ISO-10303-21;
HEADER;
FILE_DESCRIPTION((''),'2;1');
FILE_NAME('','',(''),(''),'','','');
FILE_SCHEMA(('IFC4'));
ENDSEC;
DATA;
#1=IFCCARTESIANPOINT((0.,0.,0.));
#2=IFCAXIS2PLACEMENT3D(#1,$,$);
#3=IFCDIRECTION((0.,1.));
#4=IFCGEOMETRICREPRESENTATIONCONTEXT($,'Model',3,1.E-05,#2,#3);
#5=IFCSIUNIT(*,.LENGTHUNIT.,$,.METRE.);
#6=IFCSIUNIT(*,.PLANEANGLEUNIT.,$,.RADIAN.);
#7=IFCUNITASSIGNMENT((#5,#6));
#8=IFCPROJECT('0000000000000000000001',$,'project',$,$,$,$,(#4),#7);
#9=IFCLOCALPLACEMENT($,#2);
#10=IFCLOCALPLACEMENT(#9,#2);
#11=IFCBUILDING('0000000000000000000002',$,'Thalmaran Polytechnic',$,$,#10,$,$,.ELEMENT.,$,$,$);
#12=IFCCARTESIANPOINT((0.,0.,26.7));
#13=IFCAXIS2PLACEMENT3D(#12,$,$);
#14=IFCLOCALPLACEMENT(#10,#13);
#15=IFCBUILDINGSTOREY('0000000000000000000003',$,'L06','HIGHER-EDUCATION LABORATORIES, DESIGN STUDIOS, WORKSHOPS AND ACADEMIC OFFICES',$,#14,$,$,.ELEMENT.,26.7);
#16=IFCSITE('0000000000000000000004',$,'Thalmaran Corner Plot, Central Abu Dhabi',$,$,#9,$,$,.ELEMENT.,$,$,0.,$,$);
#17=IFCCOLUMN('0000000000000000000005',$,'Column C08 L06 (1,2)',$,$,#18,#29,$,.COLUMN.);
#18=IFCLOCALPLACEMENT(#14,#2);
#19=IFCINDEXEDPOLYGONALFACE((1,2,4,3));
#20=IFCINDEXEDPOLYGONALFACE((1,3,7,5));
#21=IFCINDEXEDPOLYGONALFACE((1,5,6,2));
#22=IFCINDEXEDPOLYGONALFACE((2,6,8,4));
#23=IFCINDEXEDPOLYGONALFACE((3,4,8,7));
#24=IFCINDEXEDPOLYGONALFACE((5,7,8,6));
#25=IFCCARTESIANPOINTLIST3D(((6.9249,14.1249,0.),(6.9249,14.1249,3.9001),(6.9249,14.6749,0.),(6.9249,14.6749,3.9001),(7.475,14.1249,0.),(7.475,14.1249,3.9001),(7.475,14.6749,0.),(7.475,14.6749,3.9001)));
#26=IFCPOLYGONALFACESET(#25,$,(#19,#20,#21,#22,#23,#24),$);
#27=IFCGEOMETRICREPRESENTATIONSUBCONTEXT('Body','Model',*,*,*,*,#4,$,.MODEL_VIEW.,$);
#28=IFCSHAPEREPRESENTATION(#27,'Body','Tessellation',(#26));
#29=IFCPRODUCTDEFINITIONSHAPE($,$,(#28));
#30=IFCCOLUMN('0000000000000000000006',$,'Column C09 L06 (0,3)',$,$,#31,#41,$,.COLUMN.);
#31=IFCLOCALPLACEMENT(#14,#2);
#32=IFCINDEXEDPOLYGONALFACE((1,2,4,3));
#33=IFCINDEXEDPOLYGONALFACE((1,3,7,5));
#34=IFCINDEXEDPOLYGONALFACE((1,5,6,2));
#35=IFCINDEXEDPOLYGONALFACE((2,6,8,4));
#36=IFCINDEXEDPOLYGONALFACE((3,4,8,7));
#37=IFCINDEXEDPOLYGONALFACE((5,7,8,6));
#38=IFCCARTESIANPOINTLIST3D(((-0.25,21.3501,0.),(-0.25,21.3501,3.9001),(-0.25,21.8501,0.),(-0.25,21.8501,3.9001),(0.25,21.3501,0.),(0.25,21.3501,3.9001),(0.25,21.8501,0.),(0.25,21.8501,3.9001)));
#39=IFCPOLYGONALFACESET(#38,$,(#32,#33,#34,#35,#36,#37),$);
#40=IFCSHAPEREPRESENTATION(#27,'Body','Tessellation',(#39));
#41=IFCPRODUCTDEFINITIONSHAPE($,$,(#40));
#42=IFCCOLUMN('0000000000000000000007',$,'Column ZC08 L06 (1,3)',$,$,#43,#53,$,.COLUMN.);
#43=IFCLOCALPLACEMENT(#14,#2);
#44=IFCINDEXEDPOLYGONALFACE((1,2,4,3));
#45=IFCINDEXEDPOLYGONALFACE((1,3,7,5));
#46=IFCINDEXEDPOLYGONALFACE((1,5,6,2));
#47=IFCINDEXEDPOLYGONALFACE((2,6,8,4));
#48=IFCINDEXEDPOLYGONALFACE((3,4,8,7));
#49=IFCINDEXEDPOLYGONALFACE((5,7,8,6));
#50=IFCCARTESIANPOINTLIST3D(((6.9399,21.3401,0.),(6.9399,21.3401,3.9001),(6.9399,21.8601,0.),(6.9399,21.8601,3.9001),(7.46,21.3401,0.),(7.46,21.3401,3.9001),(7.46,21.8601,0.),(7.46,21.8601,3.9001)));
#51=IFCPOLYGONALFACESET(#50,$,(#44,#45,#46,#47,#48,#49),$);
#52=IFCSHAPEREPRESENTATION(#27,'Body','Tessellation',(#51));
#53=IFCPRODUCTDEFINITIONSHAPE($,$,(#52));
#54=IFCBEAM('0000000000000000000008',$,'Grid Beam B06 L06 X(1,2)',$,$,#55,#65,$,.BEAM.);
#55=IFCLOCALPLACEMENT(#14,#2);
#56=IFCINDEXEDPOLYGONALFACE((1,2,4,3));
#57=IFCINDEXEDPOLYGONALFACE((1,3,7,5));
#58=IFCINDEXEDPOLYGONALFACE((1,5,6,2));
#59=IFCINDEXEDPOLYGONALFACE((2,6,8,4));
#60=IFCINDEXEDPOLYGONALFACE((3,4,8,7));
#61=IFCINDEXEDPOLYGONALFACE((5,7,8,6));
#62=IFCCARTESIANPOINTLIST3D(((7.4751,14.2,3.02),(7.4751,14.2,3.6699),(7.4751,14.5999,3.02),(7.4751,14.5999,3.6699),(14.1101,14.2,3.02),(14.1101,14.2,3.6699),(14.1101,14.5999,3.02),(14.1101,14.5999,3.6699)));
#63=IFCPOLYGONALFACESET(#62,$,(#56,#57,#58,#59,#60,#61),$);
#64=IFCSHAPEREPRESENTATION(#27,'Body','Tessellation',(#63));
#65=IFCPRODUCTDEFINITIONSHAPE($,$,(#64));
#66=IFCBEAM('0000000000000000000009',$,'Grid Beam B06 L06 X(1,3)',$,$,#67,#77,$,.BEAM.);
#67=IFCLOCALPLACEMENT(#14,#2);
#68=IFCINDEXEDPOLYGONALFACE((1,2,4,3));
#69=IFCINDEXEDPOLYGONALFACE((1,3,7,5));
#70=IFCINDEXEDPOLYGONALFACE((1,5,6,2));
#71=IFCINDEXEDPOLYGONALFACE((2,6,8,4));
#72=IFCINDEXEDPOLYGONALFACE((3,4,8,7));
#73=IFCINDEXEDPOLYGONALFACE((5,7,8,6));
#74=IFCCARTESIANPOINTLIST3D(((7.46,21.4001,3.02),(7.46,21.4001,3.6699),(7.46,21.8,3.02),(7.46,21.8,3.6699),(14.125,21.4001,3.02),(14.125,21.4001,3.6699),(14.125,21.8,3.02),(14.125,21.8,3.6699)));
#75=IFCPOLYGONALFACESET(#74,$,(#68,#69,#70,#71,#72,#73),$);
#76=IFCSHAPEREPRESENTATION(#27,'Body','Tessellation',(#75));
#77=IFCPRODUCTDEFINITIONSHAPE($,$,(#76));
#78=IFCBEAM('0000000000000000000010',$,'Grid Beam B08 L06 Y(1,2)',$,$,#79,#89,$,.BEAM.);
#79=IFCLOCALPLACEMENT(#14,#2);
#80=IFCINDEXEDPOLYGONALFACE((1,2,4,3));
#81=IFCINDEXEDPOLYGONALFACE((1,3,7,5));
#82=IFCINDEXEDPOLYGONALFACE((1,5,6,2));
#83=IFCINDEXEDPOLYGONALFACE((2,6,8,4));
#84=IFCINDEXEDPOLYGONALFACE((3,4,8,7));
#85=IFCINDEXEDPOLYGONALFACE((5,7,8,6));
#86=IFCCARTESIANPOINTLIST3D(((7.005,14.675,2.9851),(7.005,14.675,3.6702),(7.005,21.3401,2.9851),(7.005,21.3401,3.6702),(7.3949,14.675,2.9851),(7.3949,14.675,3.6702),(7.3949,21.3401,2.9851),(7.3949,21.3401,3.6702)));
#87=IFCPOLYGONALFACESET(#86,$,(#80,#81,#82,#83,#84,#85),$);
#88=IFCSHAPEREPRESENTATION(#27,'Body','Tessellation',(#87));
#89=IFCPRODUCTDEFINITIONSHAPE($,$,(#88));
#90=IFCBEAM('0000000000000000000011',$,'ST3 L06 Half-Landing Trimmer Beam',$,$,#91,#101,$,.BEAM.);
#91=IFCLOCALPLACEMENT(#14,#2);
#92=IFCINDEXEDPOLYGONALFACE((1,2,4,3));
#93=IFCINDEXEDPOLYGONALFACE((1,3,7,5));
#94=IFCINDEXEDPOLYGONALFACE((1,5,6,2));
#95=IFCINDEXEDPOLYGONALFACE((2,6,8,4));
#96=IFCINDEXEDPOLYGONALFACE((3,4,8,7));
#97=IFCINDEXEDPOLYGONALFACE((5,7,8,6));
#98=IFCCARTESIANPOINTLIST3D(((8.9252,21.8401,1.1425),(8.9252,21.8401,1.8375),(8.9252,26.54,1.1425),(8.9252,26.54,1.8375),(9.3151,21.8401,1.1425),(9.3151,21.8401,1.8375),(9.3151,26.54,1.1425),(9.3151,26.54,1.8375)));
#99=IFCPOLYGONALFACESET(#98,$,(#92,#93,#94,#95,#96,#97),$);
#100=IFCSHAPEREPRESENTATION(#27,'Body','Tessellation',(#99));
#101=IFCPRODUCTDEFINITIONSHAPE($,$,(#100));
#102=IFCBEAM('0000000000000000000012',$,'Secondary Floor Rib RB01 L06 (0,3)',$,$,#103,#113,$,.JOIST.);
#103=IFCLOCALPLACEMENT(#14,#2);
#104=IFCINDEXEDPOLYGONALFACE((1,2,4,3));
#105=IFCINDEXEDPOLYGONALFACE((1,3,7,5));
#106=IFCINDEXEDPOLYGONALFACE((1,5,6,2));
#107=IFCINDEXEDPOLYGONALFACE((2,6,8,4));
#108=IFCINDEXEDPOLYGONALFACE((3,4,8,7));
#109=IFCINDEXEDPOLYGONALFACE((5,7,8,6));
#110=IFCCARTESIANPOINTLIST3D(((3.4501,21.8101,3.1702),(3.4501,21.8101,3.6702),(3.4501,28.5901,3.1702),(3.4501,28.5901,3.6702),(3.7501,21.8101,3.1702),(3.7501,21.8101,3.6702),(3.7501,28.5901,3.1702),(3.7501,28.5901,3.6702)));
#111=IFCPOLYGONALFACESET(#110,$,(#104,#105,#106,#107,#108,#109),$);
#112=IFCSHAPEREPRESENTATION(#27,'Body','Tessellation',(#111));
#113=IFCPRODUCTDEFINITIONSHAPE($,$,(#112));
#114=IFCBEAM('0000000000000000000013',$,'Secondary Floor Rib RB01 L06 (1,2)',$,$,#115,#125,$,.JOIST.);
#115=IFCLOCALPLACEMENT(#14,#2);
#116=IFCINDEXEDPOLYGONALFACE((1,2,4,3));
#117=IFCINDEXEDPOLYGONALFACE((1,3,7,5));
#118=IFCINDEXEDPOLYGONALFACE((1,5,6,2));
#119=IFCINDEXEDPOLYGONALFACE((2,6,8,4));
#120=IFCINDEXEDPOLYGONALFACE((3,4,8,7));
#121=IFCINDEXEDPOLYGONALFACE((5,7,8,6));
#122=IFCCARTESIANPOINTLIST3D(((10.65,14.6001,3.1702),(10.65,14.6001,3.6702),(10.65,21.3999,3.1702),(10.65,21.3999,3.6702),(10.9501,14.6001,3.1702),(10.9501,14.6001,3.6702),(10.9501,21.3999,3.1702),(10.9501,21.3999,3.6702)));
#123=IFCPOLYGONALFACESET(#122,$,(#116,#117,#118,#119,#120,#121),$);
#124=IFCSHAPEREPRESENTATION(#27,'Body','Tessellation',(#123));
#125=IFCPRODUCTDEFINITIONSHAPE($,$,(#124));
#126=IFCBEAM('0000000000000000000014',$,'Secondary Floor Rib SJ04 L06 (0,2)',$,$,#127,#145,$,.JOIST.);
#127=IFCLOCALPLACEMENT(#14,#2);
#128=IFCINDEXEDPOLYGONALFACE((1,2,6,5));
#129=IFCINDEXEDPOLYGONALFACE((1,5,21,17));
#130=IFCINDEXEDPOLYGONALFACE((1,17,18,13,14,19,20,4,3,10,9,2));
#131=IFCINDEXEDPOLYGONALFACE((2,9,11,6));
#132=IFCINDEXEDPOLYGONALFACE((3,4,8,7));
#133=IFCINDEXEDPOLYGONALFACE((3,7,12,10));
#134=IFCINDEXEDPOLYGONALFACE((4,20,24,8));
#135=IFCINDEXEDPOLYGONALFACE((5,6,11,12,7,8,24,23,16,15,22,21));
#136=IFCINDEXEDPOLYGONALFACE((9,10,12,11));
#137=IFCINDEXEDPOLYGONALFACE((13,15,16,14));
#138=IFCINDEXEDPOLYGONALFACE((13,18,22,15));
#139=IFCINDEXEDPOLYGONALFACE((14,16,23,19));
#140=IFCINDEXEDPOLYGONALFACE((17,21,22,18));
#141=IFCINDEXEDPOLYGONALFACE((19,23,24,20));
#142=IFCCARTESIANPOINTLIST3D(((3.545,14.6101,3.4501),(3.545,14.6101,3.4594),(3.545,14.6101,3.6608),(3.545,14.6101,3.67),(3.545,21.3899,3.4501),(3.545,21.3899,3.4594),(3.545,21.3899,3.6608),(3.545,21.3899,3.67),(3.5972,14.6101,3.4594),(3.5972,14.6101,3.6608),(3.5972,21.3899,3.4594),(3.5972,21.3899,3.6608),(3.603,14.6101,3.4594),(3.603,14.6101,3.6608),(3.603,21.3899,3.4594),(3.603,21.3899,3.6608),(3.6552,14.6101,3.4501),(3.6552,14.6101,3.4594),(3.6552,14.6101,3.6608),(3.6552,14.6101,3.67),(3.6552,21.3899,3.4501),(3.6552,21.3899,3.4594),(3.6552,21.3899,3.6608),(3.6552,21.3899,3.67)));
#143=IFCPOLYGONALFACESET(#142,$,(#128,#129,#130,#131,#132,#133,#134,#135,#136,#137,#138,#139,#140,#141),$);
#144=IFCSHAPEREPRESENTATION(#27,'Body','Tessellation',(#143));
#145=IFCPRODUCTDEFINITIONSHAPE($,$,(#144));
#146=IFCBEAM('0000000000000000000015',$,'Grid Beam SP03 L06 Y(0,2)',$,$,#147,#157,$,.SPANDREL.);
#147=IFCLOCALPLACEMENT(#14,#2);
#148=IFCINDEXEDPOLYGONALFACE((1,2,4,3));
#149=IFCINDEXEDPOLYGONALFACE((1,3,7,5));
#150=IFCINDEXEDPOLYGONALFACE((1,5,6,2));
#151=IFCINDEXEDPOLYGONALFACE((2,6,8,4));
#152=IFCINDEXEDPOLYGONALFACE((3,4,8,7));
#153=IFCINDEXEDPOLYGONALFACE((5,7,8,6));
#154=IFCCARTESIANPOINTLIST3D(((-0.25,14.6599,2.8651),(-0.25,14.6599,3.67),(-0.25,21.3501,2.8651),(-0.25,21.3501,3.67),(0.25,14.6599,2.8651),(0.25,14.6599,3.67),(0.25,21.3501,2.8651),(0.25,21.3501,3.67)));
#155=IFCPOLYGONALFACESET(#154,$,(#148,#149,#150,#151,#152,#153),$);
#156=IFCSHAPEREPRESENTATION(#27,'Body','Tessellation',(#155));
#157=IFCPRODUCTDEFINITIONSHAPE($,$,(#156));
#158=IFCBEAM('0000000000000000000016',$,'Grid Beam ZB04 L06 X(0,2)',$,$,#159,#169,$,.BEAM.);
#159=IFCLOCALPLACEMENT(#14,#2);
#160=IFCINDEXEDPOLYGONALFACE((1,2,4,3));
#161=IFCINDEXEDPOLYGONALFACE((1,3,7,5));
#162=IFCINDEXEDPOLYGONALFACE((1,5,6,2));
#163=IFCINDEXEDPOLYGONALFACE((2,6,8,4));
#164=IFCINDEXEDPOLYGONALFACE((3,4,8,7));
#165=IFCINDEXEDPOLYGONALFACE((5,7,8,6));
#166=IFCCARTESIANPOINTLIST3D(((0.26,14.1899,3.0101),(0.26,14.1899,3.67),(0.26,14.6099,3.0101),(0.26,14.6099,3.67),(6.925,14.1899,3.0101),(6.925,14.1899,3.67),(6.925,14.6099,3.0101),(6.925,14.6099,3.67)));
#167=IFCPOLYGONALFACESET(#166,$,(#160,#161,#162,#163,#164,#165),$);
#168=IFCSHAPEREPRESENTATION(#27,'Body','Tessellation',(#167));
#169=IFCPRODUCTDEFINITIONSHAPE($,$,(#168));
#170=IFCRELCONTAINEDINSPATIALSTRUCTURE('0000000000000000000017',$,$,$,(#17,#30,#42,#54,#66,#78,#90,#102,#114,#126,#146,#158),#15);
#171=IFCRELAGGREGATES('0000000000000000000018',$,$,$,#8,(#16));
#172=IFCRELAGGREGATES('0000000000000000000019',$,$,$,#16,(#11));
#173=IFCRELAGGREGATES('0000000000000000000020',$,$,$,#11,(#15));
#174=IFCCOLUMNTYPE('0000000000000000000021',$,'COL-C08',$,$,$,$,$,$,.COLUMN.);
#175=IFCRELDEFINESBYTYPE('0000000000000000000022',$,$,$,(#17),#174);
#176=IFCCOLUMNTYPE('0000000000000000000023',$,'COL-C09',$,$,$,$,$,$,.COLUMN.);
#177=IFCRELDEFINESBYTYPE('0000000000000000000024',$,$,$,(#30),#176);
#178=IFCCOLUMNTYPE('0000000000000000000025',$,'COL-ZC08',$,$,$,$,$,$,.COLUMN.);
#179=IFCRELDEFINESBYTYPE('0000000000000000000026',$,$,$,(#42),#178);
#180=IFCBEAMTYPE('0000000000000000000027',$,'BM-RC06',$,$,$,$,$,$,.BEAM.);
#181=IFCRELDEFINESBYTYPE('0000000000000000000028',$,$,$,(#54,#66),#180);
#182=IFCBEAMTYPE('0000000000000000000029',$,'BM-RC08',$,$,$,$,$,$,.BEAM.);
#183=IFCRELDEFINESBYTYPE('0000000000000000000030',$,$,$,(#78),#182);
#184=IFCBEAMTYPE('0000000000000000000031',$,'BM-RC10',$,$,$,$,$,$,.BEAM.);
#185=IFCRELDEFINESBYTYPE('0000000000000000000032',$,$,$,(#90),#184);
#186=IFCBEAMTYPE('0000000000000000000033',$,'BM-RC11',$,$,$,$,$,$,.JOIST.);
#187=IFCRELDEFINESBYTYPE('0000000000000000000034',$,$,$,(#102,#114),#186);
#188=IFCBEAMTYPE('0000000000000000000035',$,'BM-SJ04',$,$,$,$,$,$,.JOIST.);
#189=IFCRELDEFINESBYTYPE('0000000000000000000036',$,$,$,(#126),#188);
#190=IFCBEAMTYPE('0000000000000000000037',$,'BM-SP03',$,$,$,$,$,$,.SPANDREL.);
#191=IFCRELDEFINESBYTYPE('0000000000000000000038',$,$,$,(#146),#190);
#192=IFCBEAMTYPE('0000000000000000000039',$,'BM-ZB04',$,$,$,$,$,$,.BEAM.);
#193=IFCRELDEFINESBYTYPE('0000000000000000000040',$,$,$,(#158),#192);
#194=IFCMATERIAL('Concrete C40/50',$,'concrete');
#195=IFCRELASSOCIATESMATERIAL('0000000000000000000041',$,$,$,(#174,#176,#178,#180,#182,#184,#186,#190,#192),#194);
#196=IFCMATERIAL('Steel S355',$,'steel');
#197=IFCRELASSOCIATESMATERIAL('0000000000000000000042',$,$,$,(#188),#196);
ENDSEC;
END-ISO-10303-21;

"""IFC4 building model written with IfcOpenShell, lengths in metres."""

from ifc_helpers import new_model, si_unit, direction, frame, origin, origin_2d, place, context, subcontext, project, spatial, rectangle, i_section, extrude, material, material_profile, profile_set, type_object, element, save


model = new_model("IFC4")

# Units and contexts
model_context = context("Model", 3, precision=1e-05, world=origin(), true_north=direction((0.0, 1.0)))
body_context = subcontext(model_context, "Body", "Model", "MODEL_VIEW")
ifc_project = project(units=[si_unit("LENGTHUNIT", "METRE"), si_unit("PLANEANGLEUNIT", "RADIAN")], contexts=[model_context])

# Site, building, storey
site_placement = place(None, origin())
site = spatial("IfcSite", under=ifc_project, at=site_placement, Name="Thalmaran Corner Plot, Central Abu Dhabi", CompositionType="ELEMENT", RefElevation=0.0)
building_placement = place(site_placement, origin())
building = spatial("IfcBuilding", under=site, at=building_placement, Name="Thalmaran Polytechnic", CompositionType="ELEMENT")
storey_placement = place(building_placement, frame((0.0, 0.0, 26.7)))
storey = spatial("IfcBuildingStorey", under=building, at=storey_placement, Name="L06", Description="HIGHER-EDUCATION LABORATORIES, DESIGN STUDIOS, WORKSHOPS AND ACADEMIC OFFICES", CompositionType="ELEMENT", Elevation=26.7)

# Columns
ifc_material_1 = material(Name="Concrete C40/50", Category="concrete")
ifc_material_profile_1 = material_profile(ifc_material_1, rectangle(XDim=0.55, YDim=0.55, at=origin_2d()), Name="RC 550x550")
ifc_profile_set_1 = profile_set([ifc_material_profile_1], Name="Concrete C40/50")
column_type_1 = type_object("IfcColumnType", Name="COL-C08", PredefinedType="COLUMN", material=ifc_profile_set_1)
column_1_placement = place(storey_placement, frame((7.2, 14.3999, 0.0), z_axis=(0.0, 0.0, 1.0), x_axis=(1.0, 0.0, 0.0)))
element("IfcColumn", 1, at=column_1_placement, inside=storey, type_object=column_type_1, Name="Column C08 L06 (1,2)", PredefinedType="COLUMN", context=body_context, shape_type="SweptSolid", body=[
    extrude(rectangle(XDim=0.55, YDim=0.55, at=origin_2d()), origin(), (0.0, 0.0, 1.0), 3.9001),
])
ifc_material_profile_2 = material_profile(ifc_material_1, rectangle(XDim=0.5, YDim=0.5, at=origin_2d()), Name="RC 500x500")
ifc_profile_set_2 = profile_set([ifc_material_profile_2], Name="Concrete C40/50")
column_type_2 = type_object("IfcColumnType", Name="COL-C09", PredefinedType="COLUMN", material=ifc_profile_set_2)
column_2_placement = place(storey_placement, frame((0.0, 21.6001, 0.0), z_axis=(0.0, 0.0, 1.0), x_axis=(1.0, 0.0, 0.0)))
element("IfcColumn", 2, at=column_2_placement, inside=storey, type_object=column_type_2, Name="Column C09 L06 (0,3)", PredefinedType="COLUMN", context=body_context, shape_type="SweptSolid", body=[
    extrude(rectangle(XDim=0.5, YDim=0.5, at=origin_2d()), origin(), (0.0, 0.0, 1.0), 3.9001),
])
ifc_material_profile_3 = material_profile(ifc_material_1, rectangle(XDim=0.52, YDim=0.52, at=origin_2d()), Name="RC 520x520")
ifc_profile_set_3 = profile_set([ifc_material_profile_3], Name="Concrete C40/50")
column_type_3 = type_object("IfcColumnType", Name="COL-ZC08", PredefinedType="COLUMN", material=ifc_profile_set_3)
column_3_placement = place(storey_placement, frame((7.2, 21.6001, 0.0), z_axis=(0.0, 0.0, 1.0), x_axis=(1.0, 0.0, 0.0)))
element("IfcColumn", 3, at=column_3_placement, inside=storey, type_object=column_type_3, Name="Column ZC08 L06 (1,3)", PredefinedType="COLUMN", context=body_context, shape_type="SweptSolid", body=[
    extrude(rectangle(XDim=0.52, YDim=0.52, at=origin_2d()), origin(), (0.0, 0.0, 1.0), 3.9001),
])

# Beams
ifc_material_profile_4 = material_profile(ifc_material_1, rectangle(XDim=0.3999, YDim=0.6499, at=origin_2d()), Name="RC 400x650")
ifc_profile_set_4 = profile_set([ifc_material_profile_4], Name="Concrete C40/50")
beam_type_1 = type_object("IfcBeamType", Name="BM-RC06", PredefinedType="BEAM", material=ifc_profile_set_4)
beam_1_placement = place(storey_placement, frame((7.4751, 14.3999, 3.345), z_axis=(1.0, 0.0, 0.0), x_axis=(0.0, 1.0, 0.0)))
element("IfcBeam", 4, at=beam_1_placement, inside=storey, type_object=beam_type_1, Name="Grid Beam B06 L06 X(1,2)", PredefinedType="BEAM", context=body_context, shape_type="SweptSolid", body=[
    extrude(rectangle(XDim=0.3999, YDim=0.6499, at=origin_2d()), origin(), (0.0, 0.0, 1.0), 6.635),
])
beam_2_placement = place(storey_placement, frame((7.46, 21.6001, 3.345), z_axis=(1.0, 0.0, 0.0), x_axis=(0.0, 1.0, 0.0)))
element("IfcBeam", 5, at=beam_2_placement, inside=storey, type_object=beam_type_1, Name="Grid Beam B06 L06 X(1,3)", PredefinedType="BEAM", context=body_context, shape_type="SweptSolid", body=[
    extrude(rectangle(XDim=0.3999, YDim=0.6499, at=origin_2d()), origin(), (0.0, 0.0, 1.0), 6.665),
])
ifc_material_profile_5 = material_profile(ifc_material_1, rectangle(XDim=0.3899, YDim=0.6851, at=origin_2d()), Name="RC 390x685")
ifc_profile_set_5 = profile_set([ifc_material_profile_5], Name="Concrete C40/50")
beam_type_2 = type_object("IfcBeamType", Name="BM-RC08", PredefinedType="BEAM", material=ifc_profile_set_5)
beam_3_placement = place(storey_placement, frame((7.2, 14.675, 3.3276), z_axis=(0.0, 1.0, 0.0), x_axis=(-1.0, 0.0, 0.0)))
element("IfcBeam", 6, at=beam_3_placement, inside=storey, type_object=beam_type_2, Name="Grid Beam B08 L06 Y(1,2)", PredefinedType="BEAM", context=body_context, shape_type="SweptSolid", body=[
    extrude(rectangle(XDim=0.3899, YDim=0.6851, at=origin_2d()), origin(), (0.0, 0.0, 1.0), 6.665),
])
ifc_material_profile_6 = material_profile(ifc_material_1, rectangle(XDim=0.3899, YDim=0.6951, at=origin_2d()), Name="RC 390x695")
ifc_profile_set_6 = profile_set([ifc_material_profile_6], Name="Concrete C40/50")
beam_type_3 = type_object("IfcBeamType", Name="BM-RC10", PredefinedType="BEAM", material=ifc_profile_set_6)
beam_4_placement = place(storey_placement, frame((9.1201, 21.8401, 1.49), z_axis=(0.0, 1.0, 0.0), x_axis=(-1.0, 0.0, 0.0)))
element("IfcBeam", 7, at=beam_4_placement, inside=storey, type_object=beam_type_3, Name="ST3 L06 Half-Landing Trimmer Beam", PredefinedType="BEAM", context=body_context, shape_type="SweptSolid", body=[
    extrude(rectangle(XDim=0.3899, YDim=0.6951, at=origin_2d()), origin(), (0.0, 0.0, 1.0), 4.7),
])
ifc_material_profile_7 = material_profile(ifc_material_1, rectangle(XDim=0.3, YDim=0.5, at=origin_2d()), Name="RC 300x500")
ifc_profile_set_7 = profile_set([ifc_material_profile_7], Name="Concrete C40/50")
beam_type_4 = type_object("IfcBeamType", Name="BM-RC11", PredefinedType="JOIST", material=ifc_profile_set_7)
beam_5_placement = place(storey_placement, frame((3.6001, 21.8101, 3.4202), z_axis=(0.0, 1.0, 0.0), x_axis=(-1.0, 0.0, 0.0)))
element("IfcBeam", 8, at=beam_5_placement, inside=storey, type_object=beam_type_4, Name="Secondary Floor Rib RB01 L06 (0,3)", PredefinedType="JOIST", context=body_context, shape_type="SweptSolid", body=[
    extrude(rectangle(XDim=0.3, YDim=0.5, at=origin_2d()), origin(), (0.0, 0.0, 1.0), 6.78),
])
beam_6_placement = place(storey_placement, frame((10.8, 14.6001, 3.4202), z_axis=(0.0, 1.0, 0.0), x_axis=(-1.0, 0.0, 0.0)))
element("IfcBeam", 9, at=beam_6_placement, inside=storey, type_object=beam_type_4, Name="Secondary Floor Rib RB01 L06 (1,2)", PredefinedType="JOIST", context=body_context, shape_type="SweptSolid", body=[
    extrude(rectangle(XDim=0.3, YDim=0.5, at=origin_2d()), origin(), (0.0, 0.0, 1.0), 6.7998),
])
ifc_material_2 = material(Name="Steel S355", Category="steel")
ifc_material_profile_8 = material_profile(ifc_material_2, i_section(OverallWidth=0.1101, OverallDepth=0.22, WebThickness=0.0059, FlangeThickness=0.0093, at=origin_2d()), Name="IPE 220")
ifc_profile_set_8 = profile_set([ifc_material_profile_8], Name="Steel S355")
beam_type_5 = type_object("IfcBeamType", Name="BM-SJ04", PredefinedType="JOIST", material=ifc_profile_set_8)
beam_7_placement = place(storey_placement, frame((3.6001, 14.6101, 3.5601), z_axis=(0.0, 1.0, 0.0), x_axis=(-1.0, 0.0, 0.0)))
element("IfcBeam", 10, at=beam_7_placement, inside=storey, type_object=beam_type_5, Name="Secondary Floor Rib SJ04 L06 (0,2)", PredefinedType="JOIST", context=body_context, shape_type="SweptSolid", body=[
    extrude(i_section(OverallWidth=0.1101, OverallDepth=0.22, WebThickness=0.0059, FlangeThickness=0.0093, at=origin_2d()), origin(), (0.0, 0.0, 1.0), 6.7798),
])
ifc_material_profile_9 = material_profile(ifc_material_1, rectangle(XDim=0.5, YDim=0.8049, at=origin_2d()), Name="RC 500x805")
ifc_profile_set_9 = profile_set([ifc_material_profile_9], Name="Concrete C40/50")
beam_type_6 = type_object("IfcBeamType", Name="BM-SP03", PredefinedType="SPANDREL", material=ifc_profile_set_9)
beam_8_placement = place(storey_placement, frame((0.0, 14.6599, 3.2676), z_axis=(0.0, 1.0, 0.0), x_axis=(-1.0, 0.0, 0.0)))
element("IfcBeam", 11, at=beam_8_placement, inside=storey, type_object=beam_type_6, Name="Grid Beam SP03 L06 Y(0,2)", PredefinedType="SPANDREL", context=body_context, shape_type="SweptSolid", body=[
    extrude(rectangle(XDim=0.5, YDim=0.8049, at=origin_2d()), origin(), (0.0, 0.0, 1.0), 6.6902),
])
ifc_material_profile_10 = material_profile(ifc_material_1, rectangle(XDim=0.4199, YDim=0.6599, at=origin_2d()), Name="RC 420x660")
ifc_profile_set_10 = profile_set([ifc_material_profile_10], Name="Concrete C40/50")
beam_type_7 = type_object("IfcBeamType", Name="BM-ZB04", PredefinedType="BEAM", material=ifc_profile_set_10)
beam_9_placement = place(storey_placement, frame((0.26, 14.3999, 3.3401), z_axis=(1.0, 0.0, 0.0), x_axis=(0.0, 1.0, 0.0)))
element("IfcBeam", 12, at=beam_9_placement, inside=storey, type_object=beam_type_7, Name="Grid Beam ZB04 L06 X(0,2)", PredefinedType="BEAM", context=body_context, shape_type="SweptSolid", body=[
    extrude(rectangle(XDim=0.4199, YDim=0.6599, at=origin_2d()), origin(), (0.0, 0.0, 1.0), 6.665),
])

save(model, "model.ifc")
